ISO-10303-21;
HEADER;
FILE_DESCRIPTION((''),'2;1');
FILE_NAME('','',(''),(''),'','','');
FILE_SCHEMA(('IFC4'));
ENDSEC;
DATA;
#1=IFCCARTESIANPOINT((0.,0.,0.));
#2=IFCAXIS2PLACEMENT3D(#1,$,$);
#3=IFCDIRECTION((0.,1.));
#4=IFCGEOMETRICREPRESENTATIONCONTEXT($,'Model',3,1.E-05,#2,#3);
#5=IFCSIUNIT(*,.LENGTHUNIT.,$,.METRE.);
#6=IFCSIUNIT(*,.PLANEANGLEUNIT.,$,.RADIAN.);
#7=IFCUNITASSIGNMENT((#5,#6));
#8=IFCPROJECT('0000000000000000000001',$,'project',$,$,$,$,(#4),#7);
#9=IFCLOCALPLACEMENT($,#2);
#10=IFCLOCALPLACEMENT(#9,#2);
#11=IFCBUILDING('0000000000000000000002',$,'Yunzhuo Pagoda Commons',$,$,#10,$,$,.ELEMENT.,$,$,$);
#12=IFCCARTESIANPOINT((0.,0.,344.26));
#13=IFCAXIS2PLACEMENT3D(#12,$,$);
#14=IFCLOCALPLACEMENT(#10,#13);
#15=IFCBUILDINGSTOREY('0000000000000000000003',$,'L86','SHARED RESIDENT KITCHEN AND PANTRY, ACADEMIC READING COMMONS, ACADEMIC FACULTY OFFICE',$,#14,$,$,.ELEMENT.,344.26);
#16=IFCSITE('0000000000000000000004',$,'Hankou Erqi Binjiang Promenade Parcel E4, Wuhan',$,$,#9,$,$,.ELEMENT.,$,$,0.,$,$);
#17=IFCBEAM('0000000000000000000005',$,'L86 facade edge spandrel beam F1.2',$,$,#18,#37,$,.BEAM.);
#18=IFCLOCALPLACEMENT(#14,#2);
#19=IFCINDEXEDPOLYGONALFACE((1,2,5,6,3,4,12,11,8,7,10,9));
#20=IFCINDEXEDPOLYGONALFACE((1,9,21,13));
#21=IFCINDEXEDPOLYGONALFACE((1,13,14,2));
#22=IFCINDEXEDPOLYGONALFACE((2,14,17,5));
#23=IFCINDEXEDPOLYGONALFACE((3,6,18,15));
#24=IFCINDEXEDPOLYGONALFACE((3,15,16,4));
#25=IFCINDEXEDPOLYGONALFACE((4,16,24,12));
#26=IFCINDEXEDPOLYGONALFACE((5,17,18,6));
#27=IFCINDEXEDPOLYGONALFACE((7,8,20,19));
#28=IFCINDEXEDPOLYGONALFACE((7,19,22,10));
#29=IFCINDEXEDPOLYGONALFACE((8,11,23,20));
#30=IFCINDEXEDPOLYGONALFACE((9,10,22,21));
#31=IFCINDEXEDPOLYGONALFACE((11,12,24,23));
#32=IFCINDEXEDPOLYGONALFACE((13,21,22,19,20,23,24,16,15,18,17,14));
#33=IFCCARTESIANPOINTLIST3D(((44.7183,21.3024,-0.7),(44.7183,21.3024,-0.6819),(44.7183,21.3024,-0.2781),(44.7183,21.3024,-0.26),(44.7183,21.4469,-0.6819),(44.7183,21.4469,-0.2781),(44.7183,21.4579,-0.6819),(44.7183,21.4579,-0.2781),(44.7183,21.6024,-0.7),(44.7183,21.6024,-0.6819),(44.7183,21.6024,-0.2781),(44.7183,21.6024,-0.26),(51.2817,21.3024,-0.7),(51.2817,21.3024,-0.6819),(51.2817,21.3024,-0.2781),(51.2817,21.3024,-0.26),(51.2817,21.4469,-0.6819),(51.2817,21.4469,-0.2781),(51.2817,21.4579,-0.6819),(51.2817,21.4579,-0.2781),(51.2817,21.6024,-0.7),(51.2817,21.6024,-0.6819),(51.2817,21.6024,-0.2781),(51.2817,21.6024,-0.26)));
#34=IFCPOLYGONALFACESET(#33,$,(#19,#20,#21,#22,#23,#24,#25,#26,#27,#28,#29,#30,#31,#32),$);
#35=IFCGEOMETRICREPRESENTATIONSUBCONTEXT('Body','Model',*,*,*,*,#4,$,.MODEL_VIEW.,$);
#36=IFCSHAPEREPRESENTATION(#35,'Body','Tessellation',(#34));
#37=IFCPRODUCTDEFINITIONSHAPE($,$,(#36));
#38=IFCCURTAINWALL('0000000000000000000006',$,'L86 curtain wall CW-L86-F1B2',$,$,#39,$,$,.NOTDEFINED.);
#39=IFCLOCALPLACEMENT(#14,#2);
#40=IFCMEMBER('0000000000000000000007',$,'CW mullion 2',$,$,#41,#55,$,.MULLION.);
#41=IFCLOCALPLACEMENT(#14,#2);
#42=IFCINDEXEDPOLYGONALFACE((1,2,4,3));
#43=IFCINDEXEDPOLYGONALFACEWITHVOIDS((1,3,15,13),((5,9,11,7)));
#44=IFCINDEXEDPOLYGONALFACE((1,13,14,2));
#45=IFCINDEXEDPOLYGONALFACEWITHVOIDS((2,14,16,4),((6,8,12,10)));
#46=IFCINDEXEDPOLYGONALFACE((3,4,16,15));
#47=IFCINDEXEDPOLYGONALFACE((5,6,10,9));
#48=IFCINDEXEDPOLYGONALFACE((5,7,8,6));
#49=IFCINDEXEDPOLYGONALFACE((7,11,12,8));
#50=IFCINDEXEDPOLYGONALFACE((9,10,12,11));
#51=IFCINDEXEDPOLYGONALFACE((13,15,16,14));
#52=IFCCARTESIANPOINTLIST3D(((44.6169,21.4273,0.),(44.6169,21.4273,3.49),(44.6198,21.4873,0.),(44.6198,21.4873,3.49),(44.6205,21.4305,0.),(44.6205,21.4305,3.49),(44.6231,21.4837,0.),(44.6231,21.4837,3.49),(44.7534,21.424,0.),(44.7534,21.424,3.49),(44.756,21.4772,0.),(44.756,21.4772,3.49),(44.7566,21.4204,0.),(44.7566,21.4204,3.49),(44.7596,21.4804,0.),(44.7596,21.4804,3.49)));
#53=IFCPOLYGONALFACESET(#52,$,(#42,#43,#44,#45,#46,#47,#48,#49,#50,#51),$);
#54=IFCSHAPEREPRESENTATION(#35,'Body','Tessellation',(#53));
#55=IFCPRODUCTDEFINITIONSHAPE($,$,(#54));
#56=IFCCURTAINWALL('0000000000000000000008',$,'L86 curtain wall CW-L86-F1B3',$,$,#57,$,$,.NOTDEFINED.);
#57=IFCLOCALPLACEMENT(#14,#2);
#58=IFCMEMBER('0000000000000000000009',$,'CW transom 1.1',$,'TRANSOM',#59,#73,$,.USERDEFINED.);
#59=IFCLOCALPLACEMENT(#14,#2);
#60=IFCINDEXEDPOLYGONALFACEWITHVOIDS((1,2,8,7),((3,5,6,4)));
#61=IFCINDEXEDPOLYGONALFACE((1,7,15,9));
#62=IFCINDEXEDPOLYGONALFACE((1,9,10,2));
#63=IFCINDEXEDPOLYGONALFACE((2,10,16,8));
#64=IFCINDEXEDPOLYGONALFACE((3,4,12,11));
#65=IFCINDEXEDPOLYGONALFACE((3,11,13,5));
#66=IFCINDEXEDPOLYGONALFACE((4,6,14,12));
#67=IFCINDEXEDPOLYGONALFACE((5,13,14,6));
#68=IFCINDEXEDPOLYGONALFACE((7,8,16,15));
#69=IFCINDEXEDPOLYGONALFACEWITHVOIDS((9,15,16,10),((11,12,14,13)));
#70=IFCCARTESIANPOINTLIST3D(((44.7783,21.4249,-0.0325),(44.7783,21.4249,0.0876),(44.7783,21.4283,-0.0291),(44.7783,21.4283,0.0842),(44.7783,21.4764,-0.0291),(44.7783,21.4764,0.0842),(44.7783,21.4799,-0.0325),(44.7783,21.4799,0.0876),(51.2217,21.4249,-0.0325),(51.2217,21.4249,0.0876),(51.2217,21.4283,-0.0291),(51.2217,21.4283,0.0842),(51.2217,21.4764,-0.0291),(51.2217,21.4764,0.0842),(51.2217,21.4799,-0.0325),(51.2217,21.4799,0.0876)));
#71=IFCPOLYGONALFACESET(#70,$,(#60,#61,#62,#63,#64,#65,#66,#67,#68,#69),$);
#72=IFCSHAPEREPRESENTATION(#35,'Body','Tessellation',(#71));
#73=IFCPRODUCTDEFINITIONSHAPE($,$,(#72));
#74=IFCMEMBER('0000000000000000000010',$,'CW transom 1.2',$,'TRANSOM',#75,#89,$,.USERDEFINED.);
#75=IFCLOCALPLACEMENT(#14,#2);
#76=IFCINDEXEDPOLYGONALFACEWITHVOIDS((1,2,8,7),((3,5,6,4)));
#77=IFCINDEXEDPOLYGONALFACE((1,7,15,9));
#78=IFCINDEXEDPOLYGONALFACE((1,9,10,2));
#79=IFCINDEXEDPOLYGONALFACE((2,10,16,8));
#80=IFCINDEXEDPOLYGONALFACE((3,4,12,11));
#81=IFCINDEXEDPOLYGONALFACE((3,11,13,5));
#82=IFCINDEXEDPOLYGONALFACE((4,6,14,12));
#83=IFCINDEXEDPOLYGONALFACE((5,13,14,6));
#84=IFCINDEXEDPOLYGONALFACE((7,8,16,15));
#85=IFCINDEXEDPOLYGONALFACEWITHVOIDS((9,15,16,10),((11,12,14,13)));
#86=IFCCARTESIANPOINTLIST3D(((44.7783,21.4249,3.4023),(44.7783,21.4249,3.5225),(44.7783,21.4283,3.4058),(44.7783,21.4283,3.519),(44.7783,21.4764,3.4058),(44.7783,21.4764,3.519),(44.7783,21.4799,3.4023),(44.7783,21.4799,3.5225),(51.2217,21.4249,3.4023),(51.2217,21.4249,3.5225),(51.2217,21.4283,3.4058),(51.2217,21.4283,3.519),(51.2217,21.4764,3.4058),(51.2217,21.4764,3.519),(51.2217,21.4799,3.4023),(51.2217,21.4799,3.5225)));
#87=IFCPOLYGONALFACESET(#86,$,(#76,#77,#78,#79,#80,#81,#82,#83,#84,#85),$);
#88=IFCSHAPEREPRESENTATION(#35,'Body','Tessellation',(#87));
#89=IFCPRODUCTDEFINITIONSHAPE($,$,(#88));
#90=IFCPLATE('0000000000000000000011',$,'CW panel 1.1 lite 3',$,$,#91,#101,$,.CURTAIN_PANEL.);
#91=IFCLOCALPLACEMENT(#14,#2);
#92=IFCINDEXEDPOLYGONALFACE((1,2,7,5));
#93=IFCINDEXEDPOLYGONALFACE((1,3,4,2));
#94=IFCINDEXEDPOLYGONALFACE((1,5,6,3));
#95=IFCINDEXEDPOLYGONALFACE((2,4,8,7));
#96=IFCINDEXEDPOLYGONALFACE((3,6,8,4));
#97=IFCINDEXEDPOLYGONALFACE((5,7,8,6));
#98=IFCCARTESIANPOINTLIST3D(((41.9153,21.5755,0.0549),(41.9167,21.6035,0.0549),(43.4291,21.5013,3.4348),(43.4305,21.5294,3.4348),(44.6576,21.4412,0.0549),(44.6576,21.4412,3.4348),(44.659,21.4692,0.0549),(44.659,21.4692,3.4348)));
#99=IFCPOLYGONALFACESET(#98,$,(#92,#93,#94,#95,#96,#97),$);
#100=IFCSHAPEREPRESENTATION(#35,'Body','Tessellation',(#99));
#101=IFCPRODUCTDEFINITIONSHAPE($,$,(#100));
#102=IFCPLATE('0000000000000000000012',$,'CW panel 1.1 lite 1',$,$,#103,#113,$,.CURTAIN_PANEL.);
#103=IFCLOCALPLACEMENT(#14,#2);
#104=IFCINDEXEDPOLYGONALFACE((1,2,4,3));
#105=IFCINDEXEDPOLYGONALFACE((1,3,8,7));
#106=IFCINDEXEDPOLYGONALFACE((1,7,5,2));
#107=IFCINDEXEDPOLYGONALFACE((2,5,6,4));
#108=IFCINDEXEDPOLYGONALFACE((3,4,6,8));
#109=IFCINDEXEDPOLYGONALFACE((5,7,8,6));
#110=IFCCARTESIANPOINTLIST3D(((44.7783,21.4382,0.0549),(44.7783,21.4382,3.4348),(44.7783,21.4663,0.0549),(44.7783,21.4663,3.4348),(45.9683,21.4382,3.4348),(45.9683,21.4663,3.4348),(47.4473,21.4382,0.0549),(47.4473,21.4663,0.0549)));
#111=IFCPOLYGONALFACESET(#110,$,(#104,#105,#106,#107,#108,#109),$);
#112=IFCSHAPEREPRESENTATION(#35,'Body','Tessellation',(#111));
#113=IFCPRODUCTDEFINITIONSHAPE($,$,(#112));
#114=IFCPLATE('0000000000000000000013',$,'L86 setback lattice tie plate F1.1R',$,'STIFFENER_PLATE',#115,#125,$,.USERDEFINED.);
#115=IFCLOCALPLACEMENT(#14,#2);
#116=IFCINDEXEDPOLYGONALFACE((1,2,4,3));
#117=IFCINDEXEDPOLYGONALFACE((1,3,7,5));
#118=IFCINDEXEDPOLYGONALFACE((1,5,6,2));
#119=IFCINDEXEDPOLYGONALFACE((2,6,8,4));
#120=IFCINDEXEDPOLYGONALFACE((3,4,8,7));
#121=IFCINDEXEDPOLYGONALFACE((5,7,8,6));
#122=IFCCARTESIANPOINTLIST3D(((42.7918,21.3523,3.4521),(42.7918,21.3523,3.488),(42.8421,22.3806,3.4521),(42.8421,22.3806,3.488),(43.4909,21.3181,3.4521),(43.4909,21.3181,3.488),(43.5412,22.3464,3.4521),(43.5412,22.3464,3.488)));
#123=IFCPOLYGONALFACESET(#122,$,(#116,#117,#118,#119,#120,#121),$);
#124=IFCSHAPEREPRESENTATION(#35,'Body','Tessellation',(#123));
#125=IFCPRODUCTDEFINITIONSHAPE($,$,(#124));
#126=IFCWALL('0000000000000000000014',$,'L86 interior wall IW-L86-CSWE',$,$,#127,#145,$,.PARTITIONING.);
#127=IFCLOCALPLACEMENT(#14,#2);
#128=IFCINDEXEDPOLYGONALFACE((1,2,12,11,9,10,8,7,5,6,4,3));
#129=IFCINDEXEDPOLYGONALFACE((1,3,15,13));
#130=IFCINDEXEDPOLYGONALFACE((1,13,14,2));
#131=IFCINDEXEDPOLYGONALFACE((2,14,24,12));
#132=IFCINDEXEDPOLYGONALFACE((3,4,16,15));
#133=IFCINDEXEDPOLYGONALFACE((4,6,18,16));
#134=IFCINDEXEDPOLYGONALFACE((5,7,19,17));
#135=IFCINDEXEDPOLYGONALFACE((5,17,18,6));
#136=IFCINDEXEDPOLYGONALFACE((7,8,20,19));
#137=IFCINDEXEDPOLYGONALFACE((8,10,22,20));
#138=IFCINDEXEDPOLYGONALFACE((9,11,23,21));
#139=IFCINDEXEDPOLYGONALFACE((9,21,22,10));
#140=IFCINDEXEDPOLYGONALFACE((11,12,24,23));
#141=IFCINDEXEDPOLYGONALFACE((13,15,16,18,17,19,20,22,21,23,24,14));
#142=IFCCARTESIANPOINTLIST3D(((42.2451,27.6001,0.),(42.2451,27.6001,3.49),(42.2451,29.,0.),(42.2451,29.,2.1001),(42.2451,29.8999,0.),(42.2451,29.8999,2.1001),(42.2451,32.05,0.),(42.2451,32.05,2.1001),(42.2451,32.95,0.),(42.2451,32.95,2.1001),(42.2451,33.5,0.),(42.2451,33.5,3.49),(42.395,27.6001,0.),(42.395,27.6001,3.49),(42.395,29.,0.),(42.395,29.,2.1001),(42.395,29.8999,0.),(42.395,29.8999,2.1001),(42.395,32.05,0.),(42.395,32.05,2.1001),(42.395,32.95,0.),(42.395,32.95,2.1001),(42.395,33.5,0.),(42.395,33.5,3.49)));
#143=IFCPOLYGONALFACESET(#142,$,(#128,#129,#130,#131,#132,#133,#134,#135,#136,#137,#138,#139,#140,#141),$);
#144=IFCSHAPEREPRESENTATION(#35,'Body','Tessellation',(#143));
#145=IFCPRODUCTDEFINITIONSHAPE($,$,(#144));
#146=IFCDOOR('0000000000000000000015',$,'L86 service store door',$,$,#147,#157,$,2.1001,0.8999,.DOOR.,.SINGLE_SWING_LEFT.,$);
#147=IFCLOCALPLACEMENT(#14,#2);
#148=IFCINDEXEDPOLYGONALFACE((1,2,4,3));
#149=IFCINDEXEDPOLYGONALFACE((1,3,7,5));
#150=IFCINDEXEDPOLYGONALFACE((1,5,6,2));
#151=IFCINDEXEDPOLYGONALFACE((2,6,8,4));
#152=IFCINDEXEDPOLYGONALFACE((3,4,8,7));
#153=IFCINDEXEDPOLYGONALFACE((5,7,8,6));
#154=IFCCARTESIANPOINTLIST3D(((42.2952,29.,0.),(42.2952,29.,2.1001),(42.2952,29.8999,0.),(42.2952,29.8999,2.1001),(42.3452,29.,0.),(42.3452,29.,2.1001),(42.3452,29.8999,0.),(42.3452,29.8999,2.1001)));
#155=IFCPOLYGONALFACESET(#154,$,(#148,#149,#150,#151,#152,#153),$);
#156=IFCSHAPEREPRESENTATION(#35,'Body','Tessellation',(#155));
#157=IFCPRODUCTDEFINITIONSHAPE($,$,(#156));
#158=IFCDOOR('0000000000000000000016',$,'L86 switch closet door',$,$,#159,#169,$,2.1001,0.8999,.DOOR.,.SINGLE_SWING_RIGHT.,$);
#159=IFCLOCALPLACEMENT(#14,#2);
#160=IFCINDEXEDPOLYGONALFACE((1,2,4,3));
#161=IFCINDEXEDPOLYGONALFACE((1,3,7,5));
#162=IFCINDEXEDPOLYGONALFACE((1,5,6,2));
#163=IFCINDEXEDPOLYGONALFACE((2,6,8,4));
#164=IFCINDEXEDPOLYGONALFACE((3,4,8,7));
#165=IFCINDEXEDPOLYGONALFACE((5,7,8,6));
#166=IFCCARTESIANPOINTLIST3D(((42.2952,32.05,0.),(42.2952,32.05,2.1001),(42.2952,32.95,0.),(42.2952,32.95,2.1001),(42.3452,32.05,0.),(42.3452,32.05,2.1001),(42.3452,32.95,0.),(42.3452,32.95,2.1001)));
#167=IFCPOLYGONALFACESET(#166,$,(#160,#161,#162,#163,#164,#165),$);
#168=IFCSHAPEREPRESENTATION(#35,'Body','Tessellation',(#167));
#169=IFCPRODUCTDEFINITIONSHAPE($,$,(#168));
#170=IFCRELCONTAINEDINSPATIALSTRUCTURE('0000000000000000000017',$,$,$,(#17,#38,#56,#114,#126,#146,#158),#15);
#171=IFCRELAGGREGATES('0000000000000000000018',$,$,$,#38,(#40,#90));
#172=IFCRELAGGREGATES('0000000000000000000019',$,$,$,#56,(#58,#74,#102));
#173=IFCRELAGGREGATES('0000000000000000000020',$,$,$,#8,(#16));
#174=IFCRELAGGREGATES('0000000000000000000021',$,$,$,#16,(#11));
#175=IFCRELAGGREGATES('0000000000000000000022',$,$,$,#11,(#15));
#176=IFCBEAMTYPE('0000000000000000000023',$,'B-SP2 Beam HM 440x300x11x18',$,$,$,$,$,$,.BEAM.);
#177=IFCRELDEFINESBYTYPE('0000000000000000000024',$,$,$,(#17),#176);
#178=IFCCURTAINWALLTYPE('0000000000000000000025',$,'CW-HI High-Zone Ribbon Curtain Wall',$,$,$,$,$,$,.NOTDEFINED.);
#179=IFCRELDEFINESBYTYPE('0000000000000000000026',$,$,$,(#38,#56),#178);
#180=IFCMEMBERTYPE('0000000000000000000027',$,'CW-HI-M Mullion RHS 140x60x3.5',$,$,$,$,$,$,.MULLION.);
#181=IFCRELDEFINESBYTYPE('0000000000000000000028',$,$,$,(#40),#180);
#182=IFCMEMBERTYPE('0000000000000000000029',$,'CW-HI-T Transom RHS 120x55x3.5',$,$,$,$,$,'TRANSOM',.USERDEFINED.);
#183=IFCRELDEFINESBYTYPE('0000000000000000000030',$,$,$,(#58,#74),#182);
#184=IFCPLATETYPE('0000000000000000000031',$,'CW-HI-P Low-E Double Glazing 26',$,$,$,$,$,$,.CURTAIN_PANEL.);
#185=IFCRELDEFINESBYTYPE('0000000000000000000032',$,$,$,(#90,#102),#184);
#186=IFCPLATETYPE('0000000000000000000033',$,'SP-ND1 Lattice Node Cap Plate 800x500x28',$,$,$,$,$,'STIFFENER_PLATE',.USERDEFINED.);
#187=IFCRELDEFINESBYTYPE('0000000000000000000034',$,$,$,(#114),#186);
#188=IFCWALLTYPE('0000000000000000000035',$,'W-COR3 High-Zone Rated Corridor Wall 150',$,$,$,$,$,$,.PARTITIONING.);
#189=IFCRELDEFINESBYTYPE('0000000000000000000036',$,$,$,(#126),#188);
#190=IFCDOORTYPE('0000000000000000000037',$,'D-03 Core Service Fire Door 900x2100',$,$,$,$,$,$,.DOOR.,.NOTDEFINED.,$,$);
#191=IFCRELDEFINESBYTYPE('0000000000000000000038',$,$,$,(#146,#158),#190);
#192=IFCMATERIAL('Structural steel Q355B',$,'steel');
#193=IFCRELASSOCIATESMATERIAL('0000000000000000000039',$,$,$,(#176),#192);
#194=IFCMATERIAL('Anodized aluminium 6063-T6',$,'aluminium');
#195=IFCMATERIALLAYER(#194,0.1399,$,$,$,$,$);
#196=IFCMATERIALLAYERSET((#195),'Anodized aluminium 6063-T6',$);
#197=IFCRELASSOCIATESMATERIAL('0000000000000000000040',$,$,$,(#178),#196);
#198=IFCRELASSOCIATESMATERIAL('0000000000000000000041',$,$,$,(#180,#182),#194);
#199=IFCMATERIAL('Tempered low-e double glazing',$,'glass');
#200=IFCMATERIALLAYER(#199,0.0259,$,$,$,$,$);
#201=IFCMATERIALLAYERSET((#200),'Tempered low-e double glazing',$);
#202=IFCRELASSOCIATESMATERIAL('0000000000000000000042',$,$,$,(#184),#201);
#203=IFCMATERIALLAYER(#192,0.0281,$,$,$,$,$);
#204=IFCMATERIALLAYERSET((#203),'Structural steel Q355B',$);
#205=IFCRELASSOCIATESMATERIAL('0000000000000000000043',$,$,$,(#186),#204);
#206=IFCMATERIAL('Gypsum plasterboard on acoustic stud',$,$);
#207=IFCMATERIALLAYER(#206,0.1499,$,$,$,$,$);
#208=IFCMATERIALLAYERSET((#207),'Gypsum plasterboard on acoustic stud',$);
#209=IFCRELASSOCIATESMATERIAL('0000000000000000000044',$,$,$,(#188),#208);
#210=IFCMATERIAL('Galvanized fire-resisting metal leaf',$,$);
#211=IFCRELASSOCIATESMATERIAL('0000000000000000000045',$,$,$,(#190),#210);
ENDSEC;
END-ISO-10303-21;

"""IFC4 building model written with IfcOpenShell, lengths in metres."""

from ifc_helpers import new_model, si_unit, direction, frame, frame_2d, origin, origin_with_axes, origin_2d, place, context, subcontext, project, spatial, polyline, rectangle, hollow_rectangle, i_section, outline, extrude, source, transform, mapped, material, layer, layer_set, material_profile, profile_set, type_object, element, fill, aggregate, save


model = new_model("IFC4")

# Units and contexts
model_context = context("Model", 3, precision=1e-05, world=origin(), true_north=direction((0.0, 1.0)))
body_context = subcontext(model_context, "Body", "Model", "MODEL_VIEW")
ifc_project = project(units=[si_unit("LENGTHUNIT", "METRE"), si_unit("PLANEANGLEUNIT", "RADIAN")], contexts=[model_context])

# Site, building, storey
site_placement = place(None, origin())
site = spatial("IfcSite", under=ifc_project, at=site_placement, Name="Hankou Erqi Binjiang Promenade Parcel E4, Wuhan", CompositionType="ELEMENT", RefElevation=0.0)
building_placement = place(site_placement, origin())
building = spatial("IfcBuilding", under=site, at=building_placement, Name="Yunzhuo Pagoda Commons", CompositionType="ELEMENT")
storey_placement = place(building_placement, frame((0.0, 0.0, 344.26)))
storey = spatial("IfcBuildingStorey", under=building, at=storey_placement, Name="L86", Description="SHARED RESIDENT KITCHEN AND PANTRY, ACADEMIC READING COMMONS, ACADEMIC FACULTY OFFICE", CompositionType="ELEMENT", Elevation=344.26)

# Shared definitions
ifc_material_1 = material(Name="Structural steel Q355B", Category="steel")

# Beam
ifc_material_profile_1 = material_profile(ifc_material_1, i_section(OverallWidth=0.3, OverallDepth=0.4399, WebThickness=0.011, FlangeThickness=0.0181, at=origin_2d()), Name="Structural steel Q355B")
ifc_profile_set_1 = profile_set([ifc_material_profile_1], Name="Structural steel Q355B")
beam_type_1 = type_object("IfcBeamType", Name="B-SP2 Beam HM 440x300x11x18", PredefinedType="BEAM", material=ifc_profile_set_1)
shared_shape_1 = source(origin(), body_context, "Body", "SweptSolid", [
    extrude(i_section(OverallWidth=0.3, OverallDepth=0.4399, WebThickness=0.011, FlangeThickness=0.0181, at=origin_2d()), origin(), (0.0, 0.0, 1.0), 6.5635),
])
beam_1_placement = place(storey_placement, frame((44.7183, 21.4524, -0.48), z_axis=(1.0, 0.0, 0.0), x_axis=(0.0, 1.0, 0.0)))
element("IfcBeam", 1, at=beam_1_placement, inside=storey, type_object=beam_type_1, Name="L86 facade edge spandrel beam F1.2", PredefinedType="BEAM", context=body_context, shape_type="MappedRepresentation", body=[
    mapped(shared_shape_1, transform((0.0, 0.0, 0.0), scale=1.0)),
])

# Curtain wall, member
ifc_material_2 = material(Name="Anodized aluminium 6063-T6", Category="aluminium")
ifc_layer_1 = layer(ifc_material_2, 0.1399)
ifc_layer_set_1 = layer_set([ifc_layer_1], Name="Anodized aluminium 6063-T6")
curtain_wall_type = type_object("IfcCurtainWallType", Name="CW-HI High-Zone Ribbon Curtain Wall", PredefinedType="NOTDEFINED", material=ifc_layer_set_1)
curtain_wall_1_placement = place(storey_placement, origin())
curtain_wall_1 = element("IfcCurtainWall", 2, at=curtain_wall_1_placement, inside=storey, type_object=curtain_wall_type, Name="L86 curtain wall CW-L86-F1B2", PredefinedType="NOTDEFINED")
ifc_material_profile_2 = material_profile(ifc_material_2, hollow_rectangle(XDim=0.0601, YDim=0.1399, WallThickness=0.0034, at=origin_2d()), Name="Anodized aluminium 6063-T6")
ifc_profile_set_2 = profile_set([ifc_material_profile_2], Name="Anodized aluminium 6063-T6")
member_type_1 = type_object("IfcMemberType", Name="CW-HI-M Mullion RHS 140x60x3.5", PredefinedType="MULLION", material=ifc_profile_set_2)
shared_shape_2 = source(origin(), body_context, "Body", "SweptSolid", [
    extrude(hollow_rectangle(XDim=0.0601, YDim=0.1399, WallThickness=0.0034, at=origin_2d()), origin(), (0.0, 0.0, 1.0), 3.49),
])
member_1_placement = place(storey_placement, frame((44.6882, 21.4539, 0.0), z_axis=(0.0, 0.0, 1.0), x_axis=(0.048906, 0.998803, 0.0)))
member_1 = element("IfcMember", 3, at=member_1_placement, type_object=member_type_1, Name="CW mullion 2", PredefinedType="MULLION", context=body_context, shape_type="MappedRepresentation", body=[
    mapped(shared_shape_2, transform((0.0, 0.0, 0.0), scale=1.0)),
])

# Curtain wall, members
curtain_wall_2_placement = place(storey_placement, origin())
curtain_wall_2 = element("IfcCurtainWall", 4, at=curtain_wall_2_placement, inside=storey, type_object=curtain_wall_type, Name="L86 curtain wall CW-L86-F1B3", PredefinedType="NOTDEFINED")
ifc_material_profile_3 = material_profile(ifc_material_2, hollow_rectangle(XDim=0.0549, YDim=0.1201, WallThickness=0.0034, at=origin_2d()), Name="Anodized aluminium 6063-T6")
ifc_profile_set_3 = profile_set([ifc_material_profile_3], Name="Anodized aluminium 6063-T6")
member_type_2 = type_object("IfcMemberType", Name="CW-HI-T Transom RHS 120x55x3.5", ElementType="TRANSOM", PredefinedType="USERDEFINED", material=ifc_profile_set_3)
shared_shape_3 = source(origin(), body_context, "Body", "SweptSolid", [
    extrude(hollow_rectangle(XDim=0.0549, YDim=0.1201, WallThickness=0.0034, at=origin_2d()), origin(), (0.0, 0.0, 1.0), 6.4434),
])
member_2_placement = place(storey_placement, frame((44.7783, 21.4524, 0.0276), z_axis=(1.0, 0.0, 0.0), x_axis=(0.0, 1.0, 0.0)))
member_2 = element("IfcMember", 5, at=member_2_placement, type_object=member_type_2, Name="CW transom 1.1", ObjectType="TRANSOM", PredefinedType="USERDEFINED", context=body_context, shape_type="MappedRepresentation", body=[
    mapped(shared_shape_3, transform((0.0, 0.0, 0.0), scale=1.0)),
])
member_3_placement = place(storey_placement, frame((44.7783, 21.4524, 3.4624), z_axis=(1.0, 0.0, 0.0), x_axis=(0.0, 1.0, 0.0)))
member_3 = element("IfcMember", 6, at=member_3_placement, type_object=member_type_2, Name="CW transom 1.2", ObjectType="TRANSOM", PredefinedType="USERDEFINED", context=body_context, shape_type="MappedRepresentation", body=[
    mapped(shared_shape_3, transform((0.0, 0.0, 0.0), scale=1.0)),
])

# Plates
ifc_material_3 = material(Name="Tempered low-e double glazing", Category="glass")
ifc_layer_2 = layer(ifc_material_3, 0.0259)
ifc_layer_set_2 = layer_set([ifc_layer_2], Name="Tempered low-e double glazing")
plate_type_1 = type_object("IfcPlateType", Name="CW-HI-P Low-E Double Glazing 26", PredefinedType="CURTAIN_PANEL", material=ifc_layer_set_2)
plate_1_placement = place(storey_placement, frame((43.2878, 21.5364, 1.7449), z_axis=(-0.048906, -0.998803, 0.0), x_axis=(0.998803, -0.048906, 0.0)))
plate_1 = element("IfcPlate", 7, at=plate_1_placement, type_object=plate_type_1, Name="CW panel 1.1 lite 3", PredefinedType="CURTAIN_PANEL", context=body_context, shape_type="SweptSolid", body=[
    extrude(outline(polyline([(-1.3728, -1.6899), (1.3728, -1.6899), (1.3728, 1.6899), (0.1428, 1.6899), (-1.3728, -1.6899)])), origin(), (0.0, 0.0, 1.0), 0.0281),
])
aggregate(curtain_wall_1, [member_1, plate_1])
plate_2_placement = place(storey_placement, frame((46.1128, 21.4663, 1.7449), z_axis=(0.0, -1.0, 0.0), x_axis=(1.0, 0.0, 0.0)))
plate_2 = element("IfcPlate", 8, at=plate_2_placement, type_object=plate_type_1, Name="CW panel 1.1 lite 1", PredefinedType="CURTAIN_PANEL", context=body_context, shape_type="SweptSolid", body=[
    extrude(outline(polyline([(-1.3345, -1.6899), (1.3345, -1.6899), (-0.1445, 1.6899), (-1.3345, 1.6899), (-1.3345, -1.6899)])), origin(), (0.0, 0.0, 1.0), 0.0281),
])
aggregate(curtain_wall_2, [member_2, member_3, plate_2])
ifc_layer_3 = layer(ifc_material_1, 0.0281)
ifc_layer_set_3 = layer_set([ifc_layer_3], Name="Structural steel Q355B")
plate_type_2 = type_object("IfcPlateType", Name="SP-ND1 Lattice Node Cap Plate 800x500x28", ElementType="STIFFENER_PLATE", PredefinedType="USERDEFINED", material=ifc_layer_set_3)
shared_shape_4 = source(origin(), body_context, "Body", "SweptSolid", [
    extrude(rectangle(XDim=0.7, YDim=1.0295, at=origin_2d()), origin(), (0.0, 0.0, 1.0), 0.0359),
])
plate_3_placement = place(storey_placement, frame((43.1665, 21.8494, 3.4521), z_axis=(0.0, 0.0, 1.0), x_axis=(0.998804, -0.048902, 0.0)))
element("IfcPlate", 9, at=plate_3_placement, inside=storey, type_object=plate_type_2, Name="L86 setback lattice tie plate F1.1R", ObjectType="STIFFENER_PLATE", PredefinedType="USERDEFINED", context=body_context, shape_type="MappedRepresentation", body=[
    mapped(shared_shape_4, transform((0.0, 0.0, 0.0), scale=1.0)),
])

# Wall, openings, doors
ifc_material_4 = material(Name="Gypsum plasterboard on acoustic stud")
ifc_layer_4 = layer(ifc_material_4, 0.1499)
ifc_layer_set_4 = layer_set([ifc_layer_4], Name="Gypsum plasterboard on acoustic stud")
wall_type_1 = type_object("IfcWallType", Name="W-COR3 High-Zone Rated Corridor Wall 150", PredefinedType="PARTITIONING", material=ifc_layer_set_4)
wall_1_placement = place(storey_placement, frame((42.3201, 27.6001, 0.0), z_axis=(0.0, 0.0, 1.0), x_axis=(0.0, 1.0, 0.0)))
wall_1 = element("IfcWall", 10, at=wall_1_placement, inside=storey, type_object=wall_type_1, Name="L86 interior wall IW-L86-CSWE", PredefinedType="PARTITIONING", context=body_context, shape_type="SweptSolid", body=[
    extrude(rectangle(XDim=5.8999, YDim=0.1499, at=frame_2d((2.95, 0.0))), origin(), (0.0, 0.0, 1.0), 3.49),
])
opening_1_placement = place(wall_1_placement, frame((1.3999, 0.0, 0.0)))
opening_1 = element("IfcOpeningElement", 11, at=opening_1_placement, cuts=wall_1, PredefinedType="OPENING", context=body_context, shape_type="SweptSolid", body=[
    extrude(rectangle(XDim=0.8999, YDim=2.1001, at=frame_2d((0.45, 1.05))), frame((0.0, 0.085, 0.0), z_axis=(0.0, -1.0, 0.0), x_axis=(1.0, 0.0, 0.0)), (0.0, 0.0, 1.0), 0.1699),
])
opening_2_placement = place(wall_1_placement, frame((4.45, 0.0, 0.0)))
opening_2 = element("IfcOpeningElement", 12, at=opening_2_placement, cuts=wall_1, PredefinedType="OPENING", context=body_context, shape_type="SweptSolid", body=[
    extrude(rectangle(XDim=0.8999, YDim=2.1001, at=frame_2d((0.45, 1.05))), frame((0.0, 0.085, 0.0), z_axis=(0.0, -1.0, 0.0), x_axis=(1.0, 0.0, 0.0)), (0.0, 0.0, 1.0), 0.1699),
])
ifc_material_5 = material(Name="Galvanized fire-resisting metal leaf")
door_type_1 = type_object("IfcDoorType", Name="D-03 Core Service Fire Door 900x2100", OperationType="NOTDEFINED", PredefinedType="DOOR", material=ifc_material_5)
shared_shape_5 = source(origin(), body_context, "Body", "SweptSolid", [
    extrude(rectangle(XDim=0.8999, YDim=2.1001, at=frame_2d((0.45, 1.05))), frame((0.0, 0.0249, 0.0), z_axis=(0.0, -1.0, 0.0), x_axis=(1.0, 0.0, 0.0)), (0.0, 0.0, 1.0), 0.05),
])
door_1_placement = place(opening_1_placement, origin_with_axes())
door_1 = element("IfcDoor", 13, at=door_1_placement, inside=storey, type_object=door_type_1, Name="L86 service store door", OperationType="SINGLE_SWING_LEFT", OverallHeight=2.1001, OverallWidth=0.8999, PredefinedType="DOOR", context=body_context, shape_type="MappedRepresentation", body=[
    mapped(shared_shape_5, transform((0.0, 0.0, 0.0), scale=1.0)),
])
fill(opening_1, door_1)
door_2_placement = place(opening_2_placement, origin_with_axes())
door_2 = element("IfcDoor", 14, at=door_2_placement, inside=storey, type_object=door_type_1, Name="L86 switch closet door", OperationType="SINGLE_SWING_RIGHT", OverallHeight=2.1001, OverallWidth=0.8999, PredefinedType="DOOR", context=body_context, shape_type="MappedRepresentation", body=[
    mapped(shared_shape_5, transform((0.0, 0.0, 0.0), scale=1.0)),
])
fill(opening_2, door_2)

save(model, "model.ifc")
